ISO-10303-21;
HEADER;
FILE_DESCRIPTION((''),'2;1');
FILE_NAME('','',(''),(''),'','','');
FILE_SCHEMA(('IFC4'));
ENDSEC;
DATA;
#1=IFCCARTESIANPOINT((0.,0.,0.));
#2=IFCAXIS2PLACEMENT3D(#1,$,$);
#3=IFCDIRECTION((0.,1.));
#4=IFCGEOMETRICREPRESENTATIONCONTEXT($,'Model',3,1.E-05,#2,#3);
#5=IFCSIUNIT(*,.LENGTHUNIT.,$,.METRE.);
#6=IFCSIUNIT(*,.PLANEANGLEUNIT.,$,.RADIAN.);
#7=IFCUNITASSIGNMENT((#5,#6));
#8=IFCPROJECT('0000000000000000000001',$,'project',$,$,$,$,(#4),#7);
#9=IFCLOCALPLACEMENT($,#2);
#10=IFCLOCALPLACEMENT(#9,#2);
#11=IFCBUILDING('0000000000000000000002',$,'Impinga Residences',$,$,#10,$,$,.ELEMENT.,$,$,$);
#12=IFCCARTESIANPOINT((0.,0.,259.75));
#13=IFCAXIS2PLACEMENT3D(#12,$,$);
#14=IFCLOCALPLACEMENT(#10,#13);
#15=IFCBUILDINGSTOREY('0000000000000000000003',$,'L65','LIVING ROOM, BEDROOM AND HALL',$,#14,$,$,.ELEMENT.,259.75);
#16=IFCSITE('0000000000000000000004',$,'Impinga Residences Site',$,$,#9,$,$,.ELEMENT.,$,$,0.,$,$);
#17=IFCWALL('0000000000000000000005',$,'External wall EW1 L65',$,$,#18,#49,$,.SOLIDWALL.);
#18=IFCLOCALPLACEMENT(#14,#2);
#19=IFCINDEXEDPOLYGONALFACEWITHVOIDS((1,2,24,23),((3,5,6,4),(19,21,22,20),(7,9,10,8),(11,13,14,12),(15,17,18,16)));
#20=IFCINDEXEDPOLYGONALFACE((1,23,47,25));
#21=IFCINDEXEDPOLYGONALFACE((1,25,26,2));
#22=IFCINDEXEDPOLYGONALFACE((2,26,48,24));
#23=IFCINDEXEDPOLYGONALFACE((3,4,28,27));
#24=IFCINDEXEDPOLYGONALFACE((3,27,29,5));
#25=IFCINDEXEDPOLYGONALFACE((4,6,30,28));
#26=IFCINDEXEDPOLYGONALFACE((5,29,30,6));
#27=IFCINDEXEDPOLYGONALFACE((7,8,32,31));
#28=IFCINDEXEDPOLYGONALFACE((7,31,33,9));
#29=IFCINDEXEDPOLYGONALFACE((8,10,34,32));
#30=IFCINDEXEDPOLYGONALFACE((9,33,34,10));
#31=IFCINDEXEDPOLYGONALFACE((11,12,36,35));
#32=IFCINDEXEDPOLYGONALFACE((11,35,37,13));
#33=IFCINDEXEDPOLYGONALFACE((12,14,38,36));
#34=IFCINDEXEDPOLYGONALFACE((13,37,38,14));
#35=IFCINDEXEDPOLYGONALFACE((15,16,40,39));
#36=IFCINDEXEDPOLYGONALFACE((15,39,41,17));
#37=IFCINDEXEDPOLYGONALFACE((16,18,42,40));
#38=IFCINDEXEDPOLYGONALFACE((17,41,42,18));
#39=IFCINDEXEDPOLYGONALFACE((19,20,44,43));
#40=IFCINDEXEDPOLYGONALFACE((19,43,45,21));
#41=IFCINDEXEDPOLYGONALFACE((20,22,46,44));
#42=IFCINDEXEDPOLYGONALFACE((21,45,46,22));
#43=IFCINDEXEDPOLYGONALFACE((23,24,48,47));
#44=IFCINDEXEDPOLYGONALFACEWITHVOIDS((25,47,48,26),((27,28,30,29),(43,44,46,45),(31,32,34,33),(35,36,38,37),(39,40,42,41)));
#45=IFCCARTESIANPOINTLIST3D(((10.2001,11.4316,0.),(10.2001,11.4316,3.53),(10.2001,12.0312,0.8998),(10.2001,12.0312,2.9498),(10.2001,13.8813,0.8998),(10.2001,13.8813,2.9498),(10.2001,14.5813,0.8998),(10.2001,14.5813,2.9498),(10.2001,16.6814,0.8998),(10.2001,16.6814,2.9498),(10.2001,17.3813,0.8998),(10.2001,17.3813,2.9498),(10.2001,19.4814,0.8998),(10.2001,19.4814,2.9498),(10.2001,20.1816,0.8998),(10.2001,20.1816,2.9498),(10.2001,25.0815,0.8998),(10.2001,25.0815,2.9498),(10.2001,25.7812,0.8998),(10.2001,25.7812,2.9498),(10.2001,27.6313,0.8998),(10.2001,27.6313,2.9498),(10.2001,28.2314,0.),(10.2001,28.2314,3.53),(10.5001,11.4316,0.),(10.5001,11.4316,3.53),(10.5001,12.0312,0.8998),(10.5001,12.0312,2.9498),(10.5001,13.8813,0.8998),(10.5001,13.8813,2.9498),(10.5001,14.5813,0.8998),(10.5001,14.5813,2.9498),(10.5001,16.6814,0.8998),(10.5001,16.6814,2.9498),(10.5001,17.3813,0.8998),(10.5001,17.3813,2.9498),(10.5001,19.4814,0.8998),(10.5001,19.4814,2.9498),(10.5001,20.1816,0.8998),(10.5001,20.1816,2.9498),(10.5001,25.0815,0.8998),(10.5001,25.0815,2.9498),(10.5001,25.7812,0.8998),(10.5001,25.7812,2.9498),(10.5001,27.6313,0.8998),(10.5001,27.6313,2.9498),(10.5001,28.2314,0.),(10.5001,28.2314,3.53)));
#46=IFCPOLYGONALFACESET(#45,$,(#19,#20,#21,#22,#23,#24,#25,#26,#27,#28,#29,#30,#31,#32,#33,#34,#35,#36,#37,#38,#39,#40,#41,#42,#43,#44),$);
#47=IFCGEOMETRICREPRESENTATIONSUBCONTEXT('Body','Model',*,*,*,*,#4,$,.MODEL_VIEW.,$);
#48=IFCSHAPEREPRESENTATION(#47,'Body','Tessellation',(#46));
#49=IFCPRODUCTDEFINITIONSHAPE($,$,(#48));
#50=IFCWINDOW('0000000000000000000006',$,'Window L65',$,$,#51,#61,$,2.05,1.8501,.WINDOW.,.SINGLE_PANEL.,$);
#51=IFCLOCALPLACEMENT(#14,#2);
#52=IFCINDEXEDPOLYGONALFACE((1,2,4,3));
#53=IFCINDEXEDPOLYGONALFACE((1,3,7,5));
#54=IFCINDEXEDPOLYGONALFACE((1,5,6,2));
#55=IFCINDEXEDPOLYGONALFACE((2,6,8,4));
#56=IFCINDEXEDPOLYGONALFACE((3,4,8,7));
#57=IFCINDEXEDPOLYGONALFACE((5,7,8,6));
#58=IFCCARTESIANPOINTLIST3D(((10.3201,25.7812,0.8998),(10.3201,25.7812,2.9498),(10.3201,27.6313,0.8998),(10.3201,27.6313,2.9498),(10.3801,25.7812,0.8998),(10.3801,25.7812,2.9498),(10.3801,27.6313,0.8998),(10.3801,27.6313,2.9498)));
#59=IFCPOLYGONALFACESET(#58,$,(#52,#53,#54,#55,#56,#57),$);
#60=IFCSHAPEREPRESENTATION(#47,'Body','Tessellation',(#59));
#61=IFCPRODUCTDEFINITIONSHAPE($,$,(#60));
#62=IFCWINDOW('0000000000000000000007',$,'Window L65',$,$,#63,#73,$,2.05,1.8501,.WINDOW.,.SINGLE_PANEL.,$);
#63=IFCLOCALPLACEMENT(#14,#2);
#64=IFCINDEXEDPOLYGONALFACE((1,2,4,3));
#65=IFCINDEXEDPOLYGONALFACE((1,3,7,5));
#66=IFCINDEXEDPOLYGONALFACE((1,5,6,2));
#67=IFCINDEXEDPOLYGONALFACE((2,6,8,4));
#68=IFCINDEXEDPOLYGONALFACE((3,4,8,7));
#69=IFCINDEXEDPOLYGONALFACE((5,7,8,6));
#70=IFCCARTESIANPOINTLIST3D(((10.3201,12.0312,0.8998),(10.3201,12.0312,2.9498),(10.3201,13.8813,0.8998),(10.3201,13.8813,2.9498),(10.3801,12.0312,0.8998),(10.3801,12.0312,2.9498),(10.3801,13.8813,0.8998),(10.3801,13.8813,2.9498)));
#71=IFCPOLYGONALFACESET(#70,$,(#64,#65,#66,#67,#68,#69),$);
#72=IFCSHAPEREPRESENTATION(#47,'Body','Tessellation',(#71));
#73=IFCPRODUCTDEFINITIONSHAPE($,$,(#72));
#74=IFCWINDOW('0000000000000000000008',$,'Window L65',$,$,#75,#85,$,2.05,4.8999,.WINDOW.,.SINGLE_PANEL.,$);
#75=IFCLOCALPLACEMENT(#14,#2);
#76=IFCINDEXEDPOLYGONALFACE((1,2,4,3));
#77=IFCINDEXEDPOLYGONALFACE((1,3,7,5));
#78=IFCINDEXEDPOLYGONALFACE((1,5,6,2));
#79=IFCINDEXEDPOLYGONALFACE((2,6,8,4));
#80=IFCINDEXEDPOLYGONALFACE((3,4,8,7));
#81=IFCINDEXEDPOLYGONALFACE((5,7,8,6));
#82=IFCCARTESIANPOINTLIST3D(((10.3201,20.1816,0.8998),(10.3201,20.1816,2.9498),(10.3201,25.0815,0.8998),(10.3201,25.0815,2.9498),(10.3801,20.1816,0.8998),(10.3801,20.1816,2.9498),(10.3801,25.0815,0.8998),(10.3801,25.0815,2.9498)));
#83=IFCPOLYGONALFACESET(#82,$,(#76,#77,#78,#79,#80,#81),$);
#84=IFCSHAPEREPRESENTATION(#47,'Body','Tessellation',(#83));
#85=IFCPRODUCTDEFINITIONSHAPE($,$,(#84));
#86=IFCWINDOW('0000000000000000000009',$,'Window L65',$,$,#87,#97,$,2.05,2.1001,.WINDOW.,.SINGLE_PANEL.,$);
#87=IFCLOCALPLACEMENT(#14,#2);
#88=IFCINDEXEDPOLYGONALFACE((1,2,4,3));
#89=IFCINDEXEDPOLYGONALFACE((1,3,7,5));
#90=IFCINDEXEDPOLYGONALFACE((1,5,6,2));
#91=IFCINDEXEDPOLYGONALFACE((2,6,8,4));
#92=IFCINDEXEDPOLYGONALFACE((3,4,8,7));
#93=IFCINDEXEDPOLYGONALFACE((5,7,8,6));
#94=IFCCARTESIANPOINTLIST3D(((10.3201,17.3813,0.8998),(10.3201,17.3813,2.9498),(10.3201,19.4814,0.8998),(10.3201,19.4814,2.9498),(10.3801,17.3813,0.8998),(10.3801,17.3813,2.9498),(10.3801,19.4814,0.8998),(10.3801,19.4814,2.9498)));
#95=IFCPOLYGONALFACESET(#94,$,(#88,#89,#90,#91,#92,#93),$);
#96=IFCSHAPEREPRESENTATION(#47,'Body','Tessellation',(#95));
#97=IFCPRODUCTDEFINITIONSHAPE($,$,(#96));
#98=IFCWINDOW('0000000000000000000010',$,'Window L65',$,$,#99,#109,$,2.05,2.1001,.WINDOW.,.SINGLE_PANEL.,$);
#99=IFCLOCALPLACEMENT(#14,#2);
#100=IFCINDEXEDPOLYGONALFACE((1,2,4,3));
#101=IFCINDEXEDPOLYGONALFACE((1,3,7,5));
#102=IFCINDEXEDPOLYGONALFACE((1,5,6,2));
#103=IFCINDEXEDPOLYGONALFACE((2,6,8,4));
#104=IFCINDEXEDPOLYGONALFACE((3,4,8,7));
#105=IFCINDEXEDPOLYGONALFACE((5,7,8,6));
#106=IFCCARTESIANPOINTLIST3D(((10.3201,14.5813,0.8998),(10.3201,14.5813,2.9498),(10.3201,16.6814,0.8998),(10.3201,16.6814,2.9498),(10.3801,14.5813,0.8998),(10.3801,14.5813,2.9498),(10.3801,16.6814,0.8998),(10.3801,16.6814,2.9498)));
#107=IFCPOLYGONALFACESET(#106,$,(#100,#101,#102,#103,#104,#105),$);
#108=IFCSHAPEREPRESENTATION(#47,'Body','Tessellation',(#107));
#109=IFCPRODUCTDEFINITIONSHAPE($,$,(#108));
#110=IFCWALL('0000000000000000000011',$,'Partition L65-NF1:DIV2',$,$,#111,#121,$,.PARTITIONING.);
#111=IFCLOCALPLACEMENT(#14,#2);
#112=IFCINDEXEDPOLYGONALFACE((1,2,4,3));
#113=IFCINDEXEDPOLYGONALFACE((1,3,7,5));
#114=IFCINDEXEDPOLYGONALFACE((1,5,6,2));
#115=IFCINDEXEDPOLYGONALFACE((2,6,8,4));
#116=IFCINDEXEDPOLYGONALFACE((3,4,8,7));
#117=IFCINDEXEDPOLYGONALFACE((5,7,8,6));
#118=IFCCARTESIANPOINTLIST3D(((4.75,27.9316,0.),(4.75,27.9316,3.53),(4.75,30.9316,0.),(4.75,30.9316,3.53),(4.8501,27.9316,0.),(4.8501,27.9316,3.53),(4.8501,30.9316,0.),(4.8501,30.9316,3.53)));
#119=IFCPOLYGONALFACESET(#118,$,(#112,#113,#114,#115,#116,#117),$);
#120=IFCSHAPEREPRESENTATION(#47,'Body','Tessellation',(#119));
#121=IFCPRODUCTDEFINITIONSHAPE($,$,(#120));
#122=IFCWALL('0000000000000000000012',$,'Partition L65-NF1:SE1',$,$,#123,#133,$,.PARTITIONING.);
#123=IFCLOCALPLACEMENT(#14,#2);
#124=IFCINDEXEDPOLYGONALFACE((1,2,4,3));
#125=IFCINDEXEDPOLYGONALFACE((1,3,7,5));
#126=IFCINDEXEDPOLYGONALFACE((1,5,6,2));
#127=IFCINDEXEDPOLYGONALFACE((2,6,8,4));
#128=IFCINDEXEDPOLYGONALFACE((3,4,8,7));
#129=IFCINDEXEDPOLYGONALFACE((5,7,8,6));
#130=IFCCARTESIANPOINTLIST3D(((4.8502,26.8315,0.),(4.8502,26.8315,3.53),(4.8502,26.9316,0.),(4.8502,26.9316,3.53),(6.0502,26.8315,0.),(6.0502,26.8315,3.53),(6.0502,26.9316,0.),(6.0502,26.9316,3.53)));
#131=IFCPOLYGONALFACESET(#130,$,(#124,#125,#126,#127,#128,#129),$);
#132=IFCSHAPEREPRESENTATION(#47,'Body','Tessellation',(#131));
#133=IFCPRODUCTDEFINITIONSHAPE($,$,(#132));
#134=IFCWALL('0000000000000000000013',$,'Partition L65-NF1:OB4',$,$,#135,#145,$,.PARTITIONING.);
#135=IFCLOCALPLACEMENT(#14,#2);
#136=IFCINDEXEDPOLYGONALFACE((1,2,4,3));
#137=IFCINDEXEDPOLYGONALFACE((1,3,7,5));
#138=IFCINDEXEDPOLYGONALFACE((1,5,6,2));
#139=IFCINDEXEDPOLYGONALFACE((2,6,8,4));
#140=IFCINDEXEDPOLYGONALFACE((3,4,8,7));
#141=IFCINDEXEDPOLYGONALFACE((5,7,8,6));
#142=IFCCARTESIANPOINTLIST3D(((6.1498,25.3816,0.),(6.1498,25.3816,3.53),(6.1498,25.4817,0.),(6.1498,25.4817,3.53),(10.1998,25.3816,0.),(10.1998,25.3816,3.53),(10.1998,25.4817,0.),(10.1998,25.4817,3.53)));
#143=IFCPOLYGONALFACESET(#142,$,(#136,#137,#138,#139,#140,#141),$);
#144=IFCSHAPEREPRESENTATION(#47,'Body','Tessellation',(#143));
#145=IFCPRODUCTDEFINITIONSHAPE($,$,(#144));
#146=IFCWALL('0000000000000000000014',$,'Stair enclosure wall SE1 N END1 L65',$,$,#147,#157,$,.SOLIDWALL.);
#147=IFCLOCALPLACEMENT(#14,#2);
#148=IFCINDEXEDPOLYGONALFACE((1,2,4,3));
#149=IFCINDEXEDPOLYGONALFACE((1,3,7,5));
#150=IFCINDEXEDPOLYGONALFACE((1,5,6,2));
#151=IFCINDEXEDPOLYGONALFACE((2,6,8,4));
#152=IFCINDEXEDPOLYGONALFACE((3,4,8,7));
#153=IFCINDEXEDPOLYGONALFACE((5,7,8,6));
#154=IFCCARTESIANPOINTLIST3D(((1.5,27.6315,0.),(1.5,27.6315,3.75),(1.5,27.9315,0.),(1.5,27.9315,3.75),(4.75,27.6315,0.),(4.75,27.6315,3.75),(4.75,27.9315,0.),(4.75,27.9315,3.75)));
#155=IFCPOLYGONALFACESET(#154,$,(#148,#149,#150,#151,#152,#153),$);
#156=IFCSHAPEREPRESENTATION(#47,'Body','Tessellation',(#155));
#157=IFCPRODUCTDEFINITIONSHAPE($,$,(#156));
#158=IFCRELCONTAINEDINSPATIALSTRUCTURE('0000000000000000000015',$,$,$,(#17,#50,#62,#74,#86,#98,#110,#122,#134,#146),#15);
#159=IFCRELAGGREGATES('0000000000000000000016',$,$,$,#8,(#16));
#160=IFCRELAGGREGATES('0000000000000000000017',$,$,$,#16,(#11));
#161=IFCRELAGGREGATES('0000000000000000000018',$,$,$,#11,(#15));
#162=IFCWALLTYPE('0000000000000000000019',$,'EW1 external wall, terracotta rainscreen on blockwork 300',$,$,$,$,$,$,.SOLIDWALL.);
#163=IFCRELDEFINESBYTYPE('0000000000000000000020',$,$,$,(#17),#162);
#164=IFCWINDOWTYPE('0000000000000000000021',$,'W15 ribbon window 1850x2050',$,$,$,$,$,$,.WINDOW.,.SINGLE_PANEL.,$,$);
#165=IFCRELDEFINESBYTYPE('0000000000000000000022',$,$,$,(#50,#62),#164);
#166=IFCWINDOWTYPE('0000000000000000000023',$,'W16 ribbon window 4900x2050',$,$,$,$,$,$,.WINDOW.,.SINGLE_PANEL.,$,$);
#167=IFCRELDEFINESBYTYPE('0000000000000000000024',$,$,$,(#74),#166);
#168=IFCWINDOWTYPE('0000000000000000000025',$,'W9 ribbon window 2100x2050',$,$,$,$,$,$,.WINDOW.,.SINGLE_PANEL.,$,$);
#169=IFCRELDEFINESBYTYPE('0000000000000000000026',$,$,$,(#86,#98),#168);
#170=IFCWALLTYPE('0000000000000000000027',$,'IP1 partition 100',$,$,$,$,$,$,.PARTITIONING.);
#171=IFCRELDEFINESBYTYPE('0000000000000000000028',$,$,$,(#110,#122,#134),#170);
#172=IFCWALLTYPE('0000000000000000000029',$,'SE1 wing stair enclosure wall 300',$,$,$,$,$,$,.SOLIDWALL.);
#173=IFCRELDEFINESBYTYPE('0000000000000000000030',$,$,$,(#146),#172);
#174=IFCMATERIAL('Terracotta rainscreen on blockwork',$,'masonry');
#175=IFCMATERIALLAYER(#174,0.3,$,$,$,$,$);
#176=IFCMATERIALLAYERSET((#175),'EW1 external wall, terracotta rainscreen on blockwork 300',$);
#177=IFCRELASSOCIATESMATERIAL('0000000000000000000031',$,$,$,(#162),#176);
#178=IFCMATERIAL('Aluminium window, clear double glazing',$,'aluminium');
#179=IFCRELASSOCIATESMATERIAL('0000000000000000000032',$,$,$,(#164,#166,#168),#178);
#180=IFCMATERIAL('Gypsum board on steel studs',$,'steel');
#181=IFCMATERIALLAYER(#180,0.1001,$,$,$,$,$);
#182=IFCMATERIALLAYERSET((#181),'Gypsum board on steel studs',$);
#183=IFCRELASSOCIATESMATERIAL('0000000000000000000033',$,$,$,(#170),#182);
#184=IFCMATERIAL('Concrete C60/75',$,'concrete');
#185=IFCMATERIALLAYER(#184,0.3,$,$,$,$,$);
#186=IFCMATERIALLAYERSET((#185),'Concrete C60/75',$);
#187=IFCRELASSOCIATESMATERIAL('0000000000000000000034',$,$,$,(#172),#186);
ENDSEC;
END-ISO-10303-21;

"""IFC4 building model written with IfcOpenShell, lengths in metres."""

from ifc_helpers import new_model, si_unit, direction, frame, frame_2d, origin, place, context, subcontext, project, spatial, rectangle, extrude, material, layer, layer_set, type_object, element, fill, save


model = new_model("IFC4")

# Units and contexts
model_context = context("Model", 3, precision=1e-05, world=origin(), true_north=direction((0.0, 1.0)))
body_context = subcontext(model_context, "Body", "Model", "MODEL_VIEW")
ifc_project = project(units=[si_unit("LENGTHUNIT", "METRE"), si_unit("PLANEANGLEUNIT", "RADIAN")], contexts=[model_context])

# Site, building, storey
site_placement = place(None, origin())
site = spatial("IfcSite", under=ifc_project, at=site_placement, Name="Impinga Residences Site", CompositionType="ELEMENT", RefElevation=0.0)
building_placement = place(site_placement, origin())
building = spatial("IfcBuilding", under=site, at=building_placement, Name="Impinga Residences", CompositionType="ELEMENT")
storey_placement = place(building_placement, frame((0.0, 0.0, 259.75)))
storey = spatial("IfcBuildingStorey", under=building, at=storey_placement, Name="L65", Description="LIVING ROOM, BEDROOM AND HALL", CompositionType="ELEMENT", Elevation=259.75)

# Shared definitions
ifc_material_1 = material(Name="Concrete C60/75", Category="concrete")

# Shared definitions
ifc_material_2 = material(Name="Terracotta rainscreen on blockwork", Category="masonry")
ifc_layer_1 = layer(ifc_material_2, 0.3)
ifc_layer_set_1 = layer_set([ifc_layer_1], Name="EW1 external wall, terracotta rainscreen on blockwork 300")
wall_type_1 = type_object("IfcWallType", Name="EW1 external wall, terracotta rainscreen on blockwork 300", PredefinedType="SOLIDWALL", material=ifc_layer_set_1)

# Wall, openings, windows
wall_1_placement = place(storey_placement, frame((10.3501, 28.2314, 0.0), z_axis=(0.0, 0.0, 1.0), x_axis=(0.0, -1.0, 0.0)))
wall_1 = element("IfcWall", 1, at=wall_1_placement, inside=storey, type_object=wall_type_1, Name="External wall EW1 L65", PredefinedType="SOLIDWALL", context=body_context, shape_type="SweptSolid", body=[
    extrude(rectangle(XDim=16.7998, YDim=0.3, at=frame_2d((8.3999, 0.0))), origin(), (0.0, 0.0, 1.0), 3.53),
])
opening_1_placement = place(wall_1_placement, frame((0.6001, 0.0, 0.8999)))
opening_1 = element("IfcOpeningElement", 2, at=opening_1_placement, cuts=wall_1, PredefinedType="OPENING", context=body_context, shape_type="SweptSolid", body=[
    extrude(rectangle(XDim=1.8501, YDim=2.05, at=frame_2d((0.925, 1.0249))), frame((0.0, 0.1599, 0.0), z_axis=(0.0, -1.0, 0.0), x_axis=(1.0, 0.0, 0.0)), (0.0, 0.0, 1.0), 0.3201),
])
opening_2_placement = place(wall_1_placement, frame((3.1499, 0.0, 0.8999)))
opening_2 = element("IfcOpeningElement", 3, at=opening_2_placement, cuts=wall_1, PredefinedType="OPENING", context=body_context, shape_type="SweptSolid", body=[
    extrude(rectangle(XDim=4.8999, YDim=2.05, at=frame_2d((2.45, 1.0249))), frame((0.0, 0.1599, 0.0), z_axis=(0.0, -1.0, 0.0), x_axis=(1.0, 0.0, 0.0)), (0.0, 0.0, 1.0), 0.3201),
])
opening_3_placement = place(wall_1_placement, frame((8.75, 0.0, 0.8999)))
opening_3 = element("IfcOpeningElement", 4, at=opening_3_placement, cuts=wall_1, PredefinedType="OPENING", context=body_context, shape_type="SweptSolid", body=[
    extrude(rectangle(XDim=2.1001, YDim=2.05, at=frame_2d((1.05, 1.0249))), frame((0.0, 0.1599, 0.0), z_axis=(0.0, -1.0, 0.0), x_axis=(1.0, 0.0, 0.0)), (0.0, 0.0, 1.0), 0.3201),
])
opening_4_placement = place(wall_1_placement, frame((11.55, 0.0, 0.8999)))
opening_4 = element("IfcOpeningElement", 5, at=opening_4_placement, cuts=wall_1, PredefinedType="OPENING", context=body_context, shape_type="SweptSolid", body=[
    extrude(rectangle(XDim=2.1001, YDim=2.05, at=frame_2d((1.05, 1.0249))), frame((0.0, 0.1599, 0.0), z_axis=(0.0, -1.0, 0.0), x_axis=(1.0, 0.0, 0.0)), (0.0, 0.0, 1.0), 0.3201),
])
opening_5_placement = place(wall_1_placement, frame((14.3501, 0.0, 0.8999)))
opening_5 = element("IfcOpeningElement", 6, at=opening_5_placement, cuts=wall_1, PredefinedType="OPENING", context=body_context, shape_type="SweptSolid", body=[
    extrude(rectangle(XDim=1.8501, YDim=2.05, at=frame_2d((0.925, 1.0249))), frame((0.0, 0.1599, 0.0), z_axis=(0.0, -1.0, 0.0), x_axis=(1.0, 0.0, 0.0)), (0.0, 0.0, 1.0), 0.3201),
])
ifc_material_3 = material(Name="Aluminium window, clear double glazing", Category="aluminium")
window_type_1 = type_object("IfcWindowType", Name="W15 ribbon window 1850x2050", PartitioningType="SINGLE_PANEL", PredefinedType="WINDOW", material=ifc_material_3)
window_1_placement = place(opening_1_placement, origin())
window_1 = element("IfcWindow", 7, at=window_1_placement, inside=storey, type_object=window_type_1, Name="Window L65", OverallHeight=2.05, OverallWidth=1.8501, PartitioningType="SINGLE_PANEL", PredefinedType="WINDOW", context=body_context, shape_type="SweptSolid", body=[
    extrude(rectangle(XDim=1.8501, YDim=2.05, at=frame_2d((0.925, 1.0249))), frame((0.0, 0.03, 0.0), z_axis=(0.0, -1.0, 0.0), x_axis=(1.0, 0.0, 0.0)), (0.0, 0.0, 1.0), 0.0601),
])
fill(opening_1, window_1)
window_2_placement = place(opening_5_placement, origin())
window_2 = element("IfcWindow", 8, at=window_2_placement, inside=storey, type_object=window_type_1, Name="Window L65", OverallHeight=2.05, OverallWidth=1.8501, PartitioningType="SINGLE_PANEL", PredefinedType="WINDOW", context=body_context, shape_type="SweptSolid", body=[
    extrude(rectangle(XDim=1.8501, YDim=2.05, at=frame_2d((0.925, 1.0249))), frame((0.0, 0.03, 0.0), z_axis=(0.0, -1.0, 0.0), x_axis=(1.0, 0.0, 0.0)), (0.0, 0.0, 1.0), 0.0601),
])
fill(opening_5, window_2)
window_type_2 = type_object("IfcWindowType", Name="W16 ribbon window 4900x2050", PartitioningType="SINGLE_PANEL", PredefinedType="WINDOW", material=ifc_material_3)
window_3_placement = place(opening_2_placement, origin())
window_3 = element("IfcWindow", 9, at=window_3_placement, inside=storey, type_object=window_type_2, Name="Window L65", OverallHeight=2.05, OverallWidth=4.8999, PartitioningType="SINGLE_PANEL", PredefinedType="WINDOW", context=body_context, shape_type="SweptSolid", body=[
    extrude(rectangle(XDim=4.8999, YDim=2.05, at=frame_2d((2.45, 1.0249))), frame((0.0, 0.03, 0.0), z_axis=(0.0, -1.0, 0.0), x_axis=(1.0, 0.0, 0.0)), (0.0, 0.0, 1.0), 0.0601),
])
fill(opening_2, window_3)
window_type_3 = type_object("IfcWindowType", Name="W9 ribbon window 2100x2050", PartitioningType="SINGLE_PANEL", PredefinedType="WINDOW", material=ifc_material_3)
window_4_placement = place(opening_3_placement, origin())
window_4 = element("IfcWindow", 10, at=window_4_placement, inside=storey, type_object=window_type_3, Name="Window L65", OverallHeight=2.05, OverallWidth=2.1001, PartitioningType="SINGLE_PANEL", PredefinedType="WINDOW", context=body_context, shape_type="SweptSolid", body=[
    extrude(rectangle(XDim=2.1001, YDim=2.05, at=frame_2d((1.05, 1.0249))), frame((0.0, 0.03, 0.0), z_axis=(0.0, -1.0, 0.0), x_axis=(1.0, 0.0, 0.0)), (0.0, 0.0, 1.0), 0.0601),
])
fill(opening_3, window_4)
window_5_placement = place(opening_4_placement, origin())
window_5 = element("IfcWindow", 11, at=window_5_placement, inside=storey, type_object=window_type_3, Name="Window L65", OverallHeight=2.05, OverallWidth=2.1001, PartitioningType="SINGLE_PANEL", PredefinedType="WINDOW", context=body_context, shape_type="SweptSolid", body=[
    extrude(rectangle(XDim=2.1001, YDim=2.05, at=frame_2d((1.05, 1.0249))), frame((0.0, 0.03, 0.0), z_axis=(0.0, -1.0, 0.0), x_axis=(1.0, 0.0, 0.0)), (0.0, 0.0, 1.0), 0.0601),
])
fill(opening_4, window_5)

# Walls
ifc_material_4 = material(Name="Gypsum board on steel studs", Category="steel")
ifc_layer_2 = layer(ifc_material_4, 0.1001)
ifc_layer_set_2 = layer_set([ifc_layer_2], Name="Gypsum board on steel studs")
wall_type_2 = type_object("IfcWallType", Name="IP1 partition 100", PredefinedType="PARTITIONING", material=ifc_layer_set_2)
wall_2_placement = place(storey_placement, frame((4.8, 27.9316, 0.0), z_axis=(0.0, 0.0, 1.0), x_axis=(0.0, 1.0, 0.0)))
element("IfcWall", 12, at=wall_2_placement, inside=storey, type_object=wall_type_2, Name="Partition L65-NF1:DIV2", PredefinedType="PARTITIONING", context=body_context, shape_type="SweptSolid", body=[
    extrude(rectangle(XDim=3.0, YDim=0.1001, at=frame_2d((1.5, 0.0))), origin(), (0.0, 0.0, 1.0), 3.53),
])
wall_3_placement = place(storey_placement, frame((4.8501, 26.8816, 0.0), z_axis=(0.0, 0.0, 1.0), x_axis=(1.0, 0.0, 0.0)))
element("IfcWall", 13, at=wall_3_placement, inside=storey, type_object=wall_type_2, Name="Partition L65-NF1:SE1", PredefinedType="PARTITIONING", context=body_context, shape_type="SweptSolid", body=[
    extrude(rectangle(XDim=1.2, YDim=0.1001, at=frame_2d((0.6001, 0.0))), origin(), (0.0, 0.0, 1.0), 3.53),
])
wall_4_placement = place(storey_placement, frame((6.1499, 25.4316, 0.0), z_axis=(0.0, 0.0, 1.0), x_axis=(1.0, 0.0, 0.0)))
element("IfcWall", 14, at=wall_4_placement, inside=storey, type_object=wall_type_2, Name="Partition L65-NF1:OB4", PredefinedType="PARTITIONING", context=body_context, shape_type="SweptSolid", body=[
    extrude(rectangle(XDim=4.05, YDim=0.1001, at=frame_2d((2.0249, 0.0))), origin(), (0.0, 0.0, 1.0), 3.53),
])
ifc_layer_3 = layer(ifc_material_1, 0.3)
ifc_layer_set_3 = layer_set([ifc_layer_3], Name="Concrete C60/75")
wall_type_3 = type_object("IfcWallType", Name="SE1 wing stair enclosure wall 300", PredefinedType="SOLIDWALL", material=ifc_layer_set_3)
wall_5_placement = place(storey_placement, frame((1.5, 27.7815, 0.0), z_axis=(0.0, 0.0, 1.0), x_axis=(1.0, 0.0, 0.0)))
element("IfcWall", 15, at=wall_5_placement, inside=storey, type_object=wall_type_3, Name="Stair enclosure wall SE1 N END1 L65", PredefinedType="SOLIDWALL", context=body_context, shape_type="SweptSolid", body=[
    extrude(rectangle(XDim=3.25, YDim=0.3, at=frame_2d((1.625, 0.0))), origin(), (0.0, 0.0, 1.0), 3.75),
])

save(model, "model.ifc")
